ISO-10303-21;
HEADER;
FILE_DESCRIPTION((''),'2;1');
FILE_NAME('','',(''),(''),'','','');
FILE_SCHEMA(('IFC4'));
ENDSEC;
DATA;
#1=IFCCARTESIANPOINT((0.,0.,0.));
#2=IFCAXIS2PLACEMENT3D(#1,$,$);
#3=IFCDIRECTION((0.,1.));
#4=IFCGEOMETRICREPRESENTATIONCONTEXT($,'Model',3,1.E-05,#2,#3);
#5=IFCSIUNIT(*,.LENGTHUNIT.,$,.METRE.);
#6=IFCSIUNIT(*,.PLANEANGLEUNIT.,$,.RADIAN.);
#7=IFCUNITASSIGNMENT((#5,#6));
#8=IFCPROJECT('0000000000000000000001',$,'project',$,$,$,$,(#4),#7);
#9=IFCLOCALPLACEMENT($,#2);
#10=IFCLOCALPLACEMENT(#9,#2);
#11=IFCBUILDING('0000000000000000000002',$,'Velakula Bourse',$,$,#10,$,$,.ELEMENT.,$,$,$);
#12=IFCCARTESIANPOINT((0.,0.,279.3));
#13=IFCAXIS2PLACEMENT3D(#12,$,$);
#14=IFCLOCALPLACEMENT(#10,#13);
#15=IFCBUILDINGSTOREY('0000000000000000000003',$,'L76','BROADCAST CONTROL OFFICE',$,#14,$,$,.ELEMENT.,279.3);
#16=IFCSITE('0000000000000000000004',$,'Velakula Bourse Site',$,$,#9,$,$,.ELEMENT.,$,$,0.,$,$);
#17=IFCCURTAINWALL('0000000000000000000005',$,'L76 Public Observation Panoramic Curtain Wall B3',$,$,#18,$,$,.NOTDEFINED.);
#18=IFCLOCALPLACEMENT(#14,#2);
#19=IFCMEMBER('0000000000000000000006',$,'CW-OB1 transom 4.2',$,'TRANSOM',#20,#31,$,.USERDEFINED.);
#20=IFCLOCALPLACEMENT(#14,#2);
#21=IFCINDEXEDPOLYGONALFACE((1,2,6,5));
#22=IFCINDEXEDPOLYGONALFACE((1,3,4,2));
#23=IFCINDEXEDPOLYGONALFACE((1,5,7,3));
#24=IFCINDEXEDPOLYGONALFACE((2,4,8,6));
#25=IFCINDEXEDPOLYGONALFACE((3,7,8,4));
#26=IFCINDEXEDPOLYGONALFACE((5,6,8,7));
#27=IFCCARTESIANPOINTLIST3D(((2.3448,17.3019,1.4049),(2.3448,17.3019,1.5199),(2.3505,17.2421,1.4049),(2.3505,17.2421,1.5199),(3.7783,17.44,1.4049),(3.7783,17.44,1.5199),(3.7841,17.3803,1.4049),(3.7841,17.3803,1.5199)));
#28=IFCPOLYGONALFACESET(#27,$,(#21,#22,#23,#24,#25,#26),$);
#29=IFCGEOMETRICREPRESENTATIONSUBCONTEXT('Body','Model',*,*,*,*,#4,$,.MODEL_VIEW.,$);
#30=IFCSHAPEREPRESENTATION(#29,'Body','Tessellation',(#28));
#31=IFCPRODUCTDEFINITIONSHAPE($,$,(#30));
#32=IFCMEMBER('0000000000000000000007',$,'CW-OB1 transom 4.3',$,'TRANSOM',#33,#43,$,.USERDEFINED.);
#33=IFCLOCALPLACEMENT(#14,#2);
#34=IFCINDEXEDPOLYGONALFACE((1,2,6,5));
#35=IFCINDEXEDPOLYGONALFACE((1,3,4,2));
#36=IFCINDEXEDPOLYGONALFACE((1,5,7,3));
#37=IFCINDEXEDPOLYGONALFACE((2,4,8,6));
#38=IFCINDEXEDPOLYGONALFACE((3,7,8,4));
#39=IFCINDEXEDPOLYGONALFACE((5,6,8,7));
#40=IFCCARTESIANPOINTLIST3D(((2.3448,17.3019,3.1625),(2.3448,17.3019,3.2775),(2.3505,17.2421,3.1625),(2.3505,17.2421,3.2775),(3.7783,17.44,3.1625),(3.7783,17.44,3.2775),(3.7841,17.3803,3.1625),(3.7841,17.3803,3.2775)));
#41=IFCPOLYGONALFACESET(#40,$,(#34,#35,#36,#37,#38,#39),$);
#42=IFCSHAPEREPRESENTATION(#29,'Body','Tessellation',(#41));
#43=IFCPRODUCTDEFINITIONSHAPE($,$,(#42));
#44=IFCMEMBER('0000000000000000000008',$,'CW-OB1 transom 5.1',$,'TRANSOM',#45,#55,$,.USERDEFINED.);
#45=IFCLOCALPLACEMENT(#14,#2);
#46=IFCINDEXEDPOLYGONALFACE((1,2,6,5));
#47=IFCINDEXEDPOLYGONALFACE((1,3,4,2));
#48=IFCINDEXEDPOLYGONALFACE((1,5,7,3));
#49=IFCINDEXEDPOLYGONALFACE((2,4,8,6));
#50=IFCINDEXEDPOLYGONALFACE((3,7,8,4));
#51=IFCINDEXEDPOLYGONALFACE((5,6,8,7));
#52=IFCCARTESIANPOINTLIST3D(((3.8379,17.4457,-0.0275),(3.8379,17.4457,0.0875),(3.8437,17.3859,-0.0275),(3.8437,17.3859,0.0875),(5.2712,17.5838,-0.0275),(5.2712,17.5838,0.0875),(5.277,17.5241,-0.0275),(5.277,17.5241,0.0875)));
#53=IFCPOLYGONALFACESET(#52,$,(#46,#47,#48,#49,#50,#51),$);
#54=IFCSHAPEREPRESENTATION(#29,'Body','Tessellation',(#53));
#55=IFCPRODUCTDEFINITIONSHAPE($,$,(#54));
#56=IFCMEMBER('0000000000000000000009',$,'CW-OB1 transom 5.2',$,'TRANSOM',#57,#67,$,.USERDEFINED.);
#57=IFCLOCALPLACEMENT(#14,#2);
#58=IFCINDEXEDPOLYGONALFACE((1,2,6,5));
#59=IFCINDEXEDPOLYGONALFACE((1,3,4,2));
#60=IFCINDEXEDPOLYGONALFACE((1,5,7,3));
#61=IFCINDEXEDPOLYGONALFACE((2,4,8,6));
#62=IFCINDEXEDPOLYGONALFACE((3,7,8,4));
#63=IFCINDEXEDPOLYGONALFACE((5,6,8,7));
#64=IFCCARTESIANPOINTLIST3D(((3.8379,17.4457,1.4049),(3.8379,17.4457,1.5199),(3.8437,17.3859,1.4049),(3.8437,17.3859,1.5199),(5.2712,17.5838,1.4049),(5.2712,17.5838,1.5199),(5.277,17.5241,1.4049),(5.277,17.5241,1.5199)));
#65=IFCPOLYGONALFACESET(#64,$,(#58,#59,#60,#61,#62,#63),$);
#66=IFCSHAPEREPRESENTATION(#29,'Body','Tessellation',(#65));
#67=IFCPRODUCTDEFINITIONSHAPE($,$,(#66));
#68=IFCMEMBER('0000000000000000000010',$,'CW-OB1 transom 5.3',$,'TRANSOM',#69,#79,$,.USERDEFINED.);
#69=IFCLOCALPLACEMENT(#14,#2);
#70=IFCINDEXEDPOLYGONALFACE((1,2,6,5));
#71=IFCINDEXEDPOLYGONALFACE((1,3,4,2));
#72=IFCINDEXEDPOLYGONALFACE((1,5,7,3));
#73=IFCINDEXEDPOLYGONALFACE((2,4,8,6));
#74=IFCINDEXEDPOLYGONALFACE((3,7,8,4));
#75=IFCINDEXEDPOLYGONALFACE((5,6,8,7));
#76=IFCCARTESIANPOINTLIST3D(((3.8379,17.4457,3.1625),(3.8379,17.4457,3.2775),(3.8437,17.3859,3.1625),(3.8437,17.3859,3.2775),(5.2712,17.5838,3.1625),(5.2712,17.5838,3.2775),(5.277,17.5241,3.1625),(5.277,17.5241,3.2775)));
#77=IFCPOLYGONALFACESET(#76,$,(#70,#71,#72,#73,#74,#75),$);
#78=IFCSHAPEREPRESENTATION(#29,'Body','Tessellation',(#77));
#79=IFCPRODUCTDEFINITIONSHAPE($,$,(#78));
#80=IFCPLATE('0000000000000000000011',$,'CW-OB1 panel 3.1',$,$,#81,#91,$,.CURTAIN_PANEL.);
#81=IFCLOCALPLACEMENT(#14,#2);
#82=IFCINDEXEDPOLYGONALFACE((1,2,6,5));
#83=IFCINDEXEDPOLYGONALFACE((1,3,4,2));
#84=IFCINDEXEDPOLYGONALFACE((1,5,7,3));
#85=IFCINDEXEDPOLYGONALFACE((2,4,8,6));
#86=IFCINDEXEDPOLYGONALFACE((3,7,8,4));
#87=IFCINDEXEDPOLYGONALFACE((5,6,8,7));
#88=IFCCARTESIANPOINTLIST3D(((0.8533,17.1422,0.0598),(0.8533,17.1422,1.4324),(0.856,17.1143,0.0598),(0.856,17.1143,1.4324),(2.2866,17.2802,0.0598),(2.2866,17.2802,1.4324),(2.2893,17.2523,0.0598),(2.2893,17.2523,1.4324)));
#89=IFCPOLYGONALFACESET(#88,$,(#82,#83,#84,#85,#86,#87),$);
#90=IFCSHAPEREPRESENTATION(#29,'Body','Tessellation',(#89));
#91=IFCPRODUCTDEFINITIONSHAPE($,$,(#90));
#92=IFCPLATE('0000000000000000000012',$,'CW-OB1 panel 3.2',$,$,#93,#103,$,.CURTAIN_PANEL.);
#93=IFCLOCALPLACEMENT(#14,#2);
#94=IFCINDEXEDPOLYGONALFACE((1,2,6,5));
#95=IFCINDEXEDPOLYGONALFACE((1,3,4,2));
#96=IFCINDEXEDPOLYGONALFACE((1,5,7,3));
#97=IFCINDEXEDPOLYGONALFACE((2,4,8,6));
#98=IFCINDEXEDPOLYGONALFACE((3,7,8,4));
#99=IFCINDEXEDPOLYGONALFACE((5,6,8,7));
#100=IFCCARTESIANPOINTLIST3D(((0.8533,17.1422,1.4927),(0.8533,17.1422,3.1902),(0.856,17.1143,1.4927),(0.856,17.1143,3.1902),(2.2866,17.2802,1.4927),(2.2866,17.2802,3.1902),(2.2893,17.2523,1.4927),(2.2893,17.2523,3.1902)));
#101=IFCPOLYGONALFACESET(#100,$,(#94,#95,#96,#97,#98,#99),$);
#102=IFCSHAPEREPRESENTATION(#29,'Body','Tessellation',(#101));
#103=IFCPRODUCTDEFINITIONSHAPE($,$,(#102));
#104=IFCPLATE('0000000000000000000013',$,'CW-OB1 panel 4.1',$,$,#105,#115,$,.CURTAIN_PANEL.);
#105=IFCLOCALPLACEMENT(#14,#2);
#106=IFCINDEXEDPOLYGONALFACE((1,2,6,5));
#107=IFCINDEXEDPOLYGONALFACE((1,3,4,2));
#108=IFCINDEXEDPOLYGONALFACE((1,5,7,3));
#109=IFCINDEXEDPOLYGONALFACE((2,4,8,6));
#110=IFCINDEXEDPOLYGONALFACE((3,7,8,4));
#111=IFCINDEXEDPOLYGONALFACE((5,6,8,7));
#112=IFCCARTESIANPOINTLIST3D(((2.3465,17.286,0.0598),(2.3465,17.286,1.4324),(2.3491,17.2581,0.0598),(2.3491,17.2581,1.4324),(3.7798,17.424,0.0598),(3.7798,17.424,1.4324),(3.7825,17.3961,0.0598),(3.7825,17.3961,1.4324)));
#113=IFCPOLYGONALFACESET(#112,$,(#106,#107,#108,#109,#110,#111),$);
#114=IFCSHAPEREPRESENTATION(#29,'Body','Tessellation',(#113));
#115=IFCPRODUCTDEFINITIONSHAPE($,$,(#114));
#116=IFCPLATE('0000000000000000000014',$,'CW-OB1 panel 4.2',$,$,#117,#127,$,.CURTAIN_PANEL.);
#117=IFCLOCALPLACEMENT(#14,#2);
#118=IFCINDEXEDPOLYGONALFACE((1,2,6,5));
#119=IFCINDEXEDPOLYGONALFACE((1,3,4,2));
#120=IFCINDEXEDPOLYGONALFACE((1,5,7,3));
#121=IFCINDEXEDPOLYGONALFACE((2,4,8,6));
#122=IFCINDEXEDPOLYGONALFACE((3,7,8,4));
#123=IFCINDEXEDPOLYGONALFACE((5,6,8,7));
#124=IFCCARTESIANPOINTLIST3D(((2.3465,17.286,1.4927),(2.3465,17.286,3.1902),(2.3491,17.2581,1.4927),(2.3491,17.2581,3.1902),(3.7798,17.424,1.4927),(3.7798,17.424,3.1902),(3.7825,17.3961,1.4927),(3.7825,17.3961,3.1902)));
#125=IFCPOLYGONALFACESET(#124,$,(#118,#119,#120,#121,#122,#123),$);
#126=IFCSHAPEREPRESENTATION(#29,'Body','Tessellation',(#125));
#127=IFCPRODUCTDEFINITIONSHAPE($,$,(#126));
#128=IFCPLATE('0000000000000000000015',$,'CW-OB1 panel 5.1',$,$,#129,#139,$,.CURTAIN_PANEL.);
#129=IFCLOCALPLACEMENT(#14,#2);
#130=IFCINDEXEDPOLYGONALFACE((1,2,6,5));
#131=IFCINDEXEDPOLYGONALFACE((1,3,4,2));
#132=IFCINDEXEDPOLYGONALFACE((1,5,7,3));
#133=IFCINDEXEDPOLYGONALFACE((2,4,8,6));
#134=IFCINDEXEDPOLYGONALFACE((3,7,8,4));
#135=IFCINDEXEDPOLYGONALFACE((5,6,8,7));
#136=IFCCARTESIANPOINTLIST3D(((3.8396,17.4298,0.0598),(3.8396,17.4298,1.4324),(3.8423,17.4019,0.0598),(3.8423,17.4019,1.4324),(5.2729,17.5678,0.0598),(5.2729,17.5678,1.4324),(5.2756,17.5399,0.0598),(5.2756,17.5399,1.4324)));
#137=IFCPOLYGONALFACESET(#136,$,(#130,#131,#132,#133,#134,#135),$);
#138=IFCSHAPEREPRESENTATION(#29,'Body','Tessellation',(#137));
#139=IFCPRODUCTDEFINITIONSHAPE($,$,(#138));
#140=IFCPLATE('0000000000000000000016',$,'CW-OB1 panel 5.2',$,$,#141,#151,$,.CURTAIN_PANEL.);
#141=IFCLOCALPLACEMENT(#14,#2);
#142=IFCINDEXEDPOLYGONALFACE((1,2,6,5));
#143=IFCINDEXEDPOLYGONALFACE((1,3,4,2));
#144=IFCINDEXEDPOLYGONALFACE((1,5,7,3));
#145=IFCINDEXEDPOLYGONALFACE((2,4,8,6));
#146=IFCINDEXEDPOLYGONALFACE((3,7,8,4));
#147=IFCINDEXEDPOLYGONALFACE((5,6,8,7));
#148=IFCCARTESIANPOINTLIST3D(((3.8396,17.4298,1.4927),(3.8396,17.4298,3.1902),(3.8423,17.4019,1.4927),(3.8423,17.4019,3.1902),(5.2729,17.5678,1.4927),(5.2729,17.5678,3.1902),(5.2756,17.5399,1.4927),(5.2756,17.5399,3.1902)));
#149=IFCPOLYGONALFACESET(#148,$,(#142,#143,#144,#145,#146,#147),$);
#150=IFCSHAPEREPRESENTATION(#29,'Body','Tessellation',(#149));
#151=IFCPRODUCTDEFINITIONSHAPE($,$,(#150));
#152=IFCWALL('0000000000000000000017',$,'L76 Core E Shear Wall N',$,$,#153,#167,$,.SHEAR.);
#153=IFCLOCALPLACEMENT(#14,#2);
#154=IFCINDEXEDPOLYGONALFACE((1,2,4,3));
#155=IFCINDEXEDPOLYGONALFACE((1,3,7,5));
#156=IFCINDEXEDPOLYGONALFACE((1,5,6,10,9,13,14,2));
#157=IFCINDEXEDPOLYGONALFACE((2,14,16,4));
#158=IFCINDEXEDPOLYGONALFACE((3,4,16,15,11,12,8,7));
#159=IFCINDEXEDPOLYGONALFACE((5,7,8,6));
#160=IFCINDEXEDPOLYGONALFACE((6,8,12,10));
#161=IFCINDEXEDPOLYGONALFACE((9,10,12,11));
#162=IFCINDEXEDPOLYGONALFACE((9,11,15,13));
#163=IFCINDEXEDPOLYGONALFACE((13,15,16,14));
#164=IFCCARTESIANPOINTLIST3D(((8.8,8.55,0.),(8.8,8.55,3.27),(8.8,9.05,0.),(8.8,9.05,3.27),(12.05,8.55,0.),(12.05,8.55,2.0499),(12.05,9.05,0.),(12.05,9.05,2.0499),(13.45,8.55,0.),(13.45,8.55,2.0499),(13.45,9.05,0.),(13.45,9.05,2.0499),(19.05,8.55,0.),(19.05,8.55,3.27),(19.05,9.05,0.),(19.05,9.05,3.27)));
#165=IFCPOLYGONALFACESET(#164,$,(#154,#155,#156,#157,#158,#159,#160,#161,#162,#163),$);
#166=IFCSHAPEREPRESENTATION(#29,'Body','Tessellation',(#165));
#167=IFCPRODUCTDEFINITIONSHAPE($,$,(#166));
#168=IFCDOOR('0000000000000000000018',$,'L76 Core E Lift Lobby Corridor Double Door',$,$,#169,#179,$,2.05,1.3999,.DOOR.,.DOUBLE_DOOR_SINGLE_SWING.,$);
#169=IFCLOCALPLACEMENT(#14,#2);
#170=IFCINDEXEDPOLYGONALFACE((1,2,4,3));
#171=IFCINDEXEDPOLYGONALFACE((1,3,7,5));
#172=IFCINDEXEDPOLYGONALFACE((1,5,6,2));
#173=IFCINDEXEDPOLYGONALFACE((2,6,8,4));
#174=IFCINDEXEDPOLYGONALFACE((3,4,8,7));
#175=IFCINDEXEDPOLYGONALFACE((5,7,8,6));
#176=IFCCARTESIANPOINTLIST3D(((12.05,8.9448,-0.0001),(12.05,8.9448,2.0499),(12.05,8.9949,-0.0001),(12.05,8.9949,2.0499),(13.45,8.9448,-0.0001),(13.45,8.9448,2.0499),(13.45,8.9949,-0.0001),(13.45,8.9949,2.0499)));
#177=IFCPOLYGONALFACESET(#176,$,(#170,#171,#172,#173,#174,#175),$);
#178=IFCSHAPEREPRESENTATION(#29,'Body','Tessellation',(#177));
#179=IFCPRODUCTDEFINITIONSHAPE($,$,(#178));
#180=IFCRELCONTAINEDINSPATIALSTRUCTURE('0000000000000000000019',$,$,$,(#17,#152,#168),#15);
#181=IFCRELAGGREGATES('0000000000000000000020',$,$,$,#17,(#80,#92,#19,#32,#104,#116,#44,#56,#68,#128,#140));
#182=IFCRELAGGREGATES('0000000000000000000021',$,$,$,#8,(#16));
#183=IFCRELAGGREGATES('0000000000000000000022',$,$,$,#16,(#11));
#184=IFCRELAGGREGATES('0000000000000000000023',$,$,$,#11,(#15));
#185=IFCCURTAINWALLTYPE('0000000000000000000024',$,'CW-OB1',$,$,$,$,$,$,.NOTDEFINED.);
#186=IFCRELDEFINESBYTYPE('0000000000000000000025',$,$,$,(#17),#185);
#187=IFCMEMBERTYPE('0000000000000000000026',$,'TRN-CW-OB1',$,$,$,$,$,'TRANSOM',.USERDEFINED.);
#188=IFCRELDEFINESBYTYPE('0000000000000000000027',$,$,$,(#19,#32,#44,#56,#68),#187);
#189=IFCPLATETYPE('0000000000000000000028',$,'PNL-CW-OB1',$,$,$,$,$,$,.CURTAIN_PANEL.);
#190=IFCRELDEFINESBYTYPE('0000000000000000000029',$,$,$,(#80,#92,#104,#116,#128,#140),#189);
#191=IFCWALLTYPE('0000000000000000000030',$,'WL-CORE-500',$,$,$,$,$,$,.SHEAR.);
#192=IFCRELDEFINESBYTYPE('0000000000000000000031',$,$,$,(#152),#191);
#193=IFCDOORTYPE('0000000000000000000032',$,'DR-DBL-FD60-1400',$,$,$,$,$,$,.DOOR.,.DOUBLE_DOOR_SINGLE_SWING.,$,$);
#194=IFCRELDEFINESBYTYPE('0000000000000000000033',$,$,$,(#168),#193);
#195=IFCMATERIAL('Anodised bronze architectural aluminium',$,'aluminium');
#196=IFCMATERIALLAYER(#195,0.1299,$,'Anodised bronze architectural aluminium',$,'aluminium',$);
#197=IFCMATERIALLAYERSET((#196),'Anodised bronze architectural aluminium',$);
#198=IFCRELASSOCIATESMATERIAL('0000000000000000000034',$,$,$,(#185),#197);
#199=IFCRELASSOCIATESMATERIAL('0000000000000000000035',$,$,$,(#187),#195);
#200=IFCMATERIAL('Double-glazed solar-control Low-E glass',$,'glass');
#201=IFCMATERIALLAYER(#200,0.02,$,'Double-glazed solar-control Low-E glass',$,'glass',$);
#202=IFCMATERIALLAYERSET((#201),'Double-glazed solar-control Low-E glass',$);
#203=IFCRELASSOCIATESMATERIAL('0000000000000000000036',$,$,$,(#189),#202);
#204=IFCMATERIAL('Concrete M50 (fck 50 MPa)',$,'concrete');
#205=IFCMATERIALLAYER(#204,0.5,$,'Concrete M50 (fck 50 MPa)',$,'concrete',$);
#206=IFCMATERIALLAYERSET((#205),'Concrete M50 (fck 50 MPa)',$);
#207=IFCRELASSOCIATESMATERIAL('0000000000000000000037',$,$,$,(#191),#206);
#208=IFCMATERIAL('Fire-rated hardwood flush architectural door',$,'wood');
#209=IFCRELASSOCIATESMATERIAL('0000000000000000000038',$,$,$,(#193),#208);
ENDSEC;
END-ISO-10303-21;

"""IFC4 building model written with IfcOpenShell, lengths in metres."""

from ifc_helpers import new_model, si_unit, direction, frame, frame_2d, origin, origin_2d, place, context, subcontext, project, spatial, rectangle, extrude, material, layer, layer_set, material_profile, profile_set, type_object, element, fill, aggregate, save


model = new_model("IFC4")

# Units and contexts
model_context = context("Model", 3, precision=1e-05, world=origin(), true_north=direction((0.0, 1.0)))
body_context = subcontext(model_context, "Body", "Model", "MODEL_VIEW")
ifc_project = project(units=[si_unit("LENGTHUNIT", "METRE"), si_unit("PLANEANGLEUNIT", "RADIAN")], contexts=[model_context])

# Site, building, storey
site_placement = place(None, origin())
site = spatial("IfcSite", under=ifc_project, at=site_placement, Name="Velakula Bourse Site", CompositionType="ELEMENT", RefElevation=0.0)
building_placement = place(site_placement, origin())
building = spatial("IfcBuilding", under=site, at=building_placement, Name="Velakula Bourse", CompositionType="ELEMENT")
storey_placement = place(building_placement, frame((0.0, 0.0, 279.3)))
storey = spatial("IfcBuildingStorey", under=building, at=storey_placement, Name="L76", Description="BROADCAST CONTROL OFFICE", CompositionType="ELEMENT", Elevation=279.3)

# Curtain wall
ifc_material_1 = material(Name="Anodised bronze architectural aluminium", Category="aluminium")
ifc_layer_1 = layer(ifc_material_1, 0.1299, Name="Anodised bronze architectural aluminium", Category="aluminium")
ifc_layer_set_1 = layer_set([ifc_layer_1], Name="Anodised bronze architectural aluminium")
curtain_wall_type = type_object("IfcCurtainWallType", Name="CW-OB1", PredefinedType="NOTDEFINED", material=ifc_layer_set_1)
curtain_wall_placement = place(storey_placement, origin())
curtain_wall = element("IfcCurtainWall", 1, at=curtain_wall_placement, inside=storey, type_object=curtain_wall_type, Name="L76 Public Observation Panoramic Curtain Wall B3", PredefinedType="NOTDEFINED")

# Members
ifc_material_profile_1 = material_profile(ifc_material_1, rectangle(XDim=0.0601, YDim=0.115, at=origin_2d()), Name="Anodised bronze architectural aluminium")
ifc_profile_set_1 = profile_set([ifc_material_profile_1], Name="Anodised bronze architectural aluminium")
member_type_1 = type_object("IfcMemberType", Name="TRN-CW-OB1", ElementType="TRANSOM", PredefinedType="USERDEFINED", material=ifc_profile_set_1)
member_1_placement = place(storey_placement, frame((2.3477, 17.272, 1.4624), z_axis=(0.995387, 0.095945, 0.0), x_axis=(-0.095945, 0.995387, 0.0)))
member_1 = element("IfcMember", 2, at=member_1_placement, type_object=member_type_1, Name="CW-OB1 transom 4.2", ObjectType="TRANSOM", PredefinedType="USERDEFINED", context=body_context, shape_type="SweptSolid", body=[
    extrude(rectangle(XDim=0.0601, YDim=0.115, at=origin_2d()), origin(), (0.0, 0.0, 1.0), 1.4402),
])
member_2_placement = place(storey_placement, frame((2.3477, 17.272, 3.22), z_axis=(0.995387, 0.095945, 0.0), x_axis=(-0.095945, 0.995387, 0.0)))
member_2 = element("IfcMember", 3, at=member_2_placement, type_object=member_type_1, Name="CW-OB1 transom 4.3", ObjectType="TRANSOM", PredefinedType="USERDEFINED", context=body_context, shape_type="SweptSolid", body=[
    extrude(rectangle(XDim=0.0601, YDim=0.115, at=origin_2d()), origin(), (0.0, 0.0, 1.0), 1.4402),
])
member_3_placement = place(storey_placement, frame((3.8408, 17.4158, 0.03), z_axis=(0.995385, 0.095961, 0.0), x_axis=(-0.095961, 0.995385, 0.0)))
member_3 = element("IfcMember", 4, at=member_3_placement, type_object=member_type_1, Name="CW-OB1 transom 5.1", ObjectType="TRANSOM", PredefinedType="USERDEFINED", context=body_context, shape_type="SweptSolid", body=[
    extrude(rectangle(XDim=0.0601, YDim=0.115, at=origin_2d()), origin(), (0.0, 0.0, 1.0), 1.4399),
])
member_4_placement = place(storey_placement, frame((3.8408, 17.4158, 1.4624), z_axis=(0.995385, 0.095961, 0.0), x_axis=(-0.095961, 0.995385, 0.0)))
member_4 = element("IfcMember", 5, at=member_4_placement, type_object=member_type_1, Name="CW-OB1 transom 5.2", ObjectType="TRANSOM", PredefinedType="USERDEFINED", context=body_context, shape_type="SweptSolid", body=[
    extrude(rectangle(XDim=0.0601, YDim=0.115, at=origin_2d()), origin(), (0.0, 0.0, 1.0), 1.4399),
])
member_5_placement = place(storey_placement, frame((3.8408, 17.4158, 3.22), z_axis=(0.995385, 0.095961, 0.0), x_axis=(-0.095961, 0.995385, 0.0)))
member_5 = element("IfcMember", 6, at=member_5_placement, type_object=member_type_1, Name="CW-OB1 transom 5.3", ObjectType="TRANSOM", PredefinedType="USERDEFINED", context=body_context, shape_type="SweptSolid", body=[
    extrude(rectangle(XDim=0.0601, YDim=0.115, at=origin_2d()), origin(), (0.0, 0.0, 1.0), 1.4399),
])

# Plates
ifc_material_2 = material(Name="Double-glazed solar-control Low-E glass", Category="glass")
ifc_layer_2 = layer(ifc_material_2, 0.02, Name="Double-glazed solar-control Low-E glass", Category="glass")
ifc_layer_set_2 = layer_set([ifc_layer_2], Name="Double-glazed solar-control Low-E glass")
plate_type = type_object("IfcPlateType", Name="PNL-CW-OB1", PredefinedType="CURTAIN_PANEL", material=ifc_layer_set_2)
plate_1_placement = place(storey_placement, frame((1.5713, 17.1973, 0.0598), z_axis=(0.0, 0.0, 1.0), x_axis=(0.995396, 0.095844, 0.0)))
plate_1 = element("IfcPlate", 7, at=plate_1_placement, type_object=plate_type, Name="CW-OB1 panel 3.1", PredefinedType="CURTAIN_PANEL", context=body_context, shape_type="SweptSolid", body=[
    extrude(rectangle(XDim=1.4399, YDim=0.0281, at=origin_2d()), origin(), (0.0, 0.0, 1.0), 1.3726),
])
plate_2_placement = place(storey_placement, frame((1.5713, 17.1973, 1.4927), z_axis=(0.0, 0.0, 1.0), x_axis=(0.995396, 0.095844, 0.0)))
plate_2 = element("IfcPlate", 8, at=plate_2_placement, type_object=plate_type, Name="CW-OB1 panel 3.2", PredefinedType="CURTAIN_PANEL", context=body_context, shape_type="SweptSolid", body=[
    extrude(rectangle(XDim=1.4399, YDim=0.0281, at=origin_2d()), origin(), (0.0, 0.0, 1.0), 1.6975),
])
plate_3_placement = place(storey_placement, frame((3.0645, 17.3411, 0.0598), z_axis=(0.0, 0.0, 1.0), x_axis=(0.995396, 0.095844, 0.0)))
plate_3 = element("IfcPlate", 9, at=plate_3_placement, type_object=plate_type, Name="CW-OB1 panel 4.1", PredefinedType="CURTAIN_PANEL", context=body_context, shape_type="SweptSolid", body=[
    extrude(rectangle(XDim=1.4399, YDim=0.0281, at=origin_2d()), origin(), (0.0, 0.0, 1.0), 1.3726),
])
plate_4_placement = place(storey_placement, frame((3.0645, 17.3411, 1.4927), z_axis=(0.0, 0.0, 1.0), x_axis=(0.995396, 0.095844, 0.0)))
plate_4 = element("IfcPlate", 10, at=plate_4_placement, type_object=plate_type, Name="CW-OB1 panel 4.2", PredefinedType="CURTAIN_PANEL", context=body_context, shape_type="SweptSolid", body=[
    extrude(rectangle(XDim=1.4399, YDim=0.0281, at=origin_2d()), origin(), (0.0, 0.0, 1.0), 1.6975),
])
plate_5_placement = place(storey_placement, frame((4.5576, 17.4849, 0.0598), z_axis=(0.0, 0.0, 1.0), x_axis=(0.995396, 0.095844, 0.0)))
plate_5 = element("IfcPlate", 11, at=plate_5_placement, type_object=plate_type, Name="CW-OB1 panel 5.1", PredefinedType="CURTAIN_PANEL", context=body_context, shape_type="SweptSolid", body=[
    extrude(rectangle(XDim=1.4399, YDim=0.0281, at=origin_2d()), origin(), (0.0, 0.0, 1.0), 1.3726),
])
plate_6_placement = place(storey_placement, frame((4.5576, 17.4849, 1.4927), z_axis=(0.0, 0.0, 1.0), x_axis=(0.995396, 0.095844, 0.0)))
plate_6 = element("IfcPlate", 12, at=plate_6_placement, type_object=plate_type, Name="CW-OB1 panel 5.2", PredefinedType="CURTAIN_PANEL", context=body_context, shape_type="SweptSolid", body=[
    extrude(rectangle(XDim=1.4399, YDim=0.0281, at=origin_2d()), origin(), (0.0, 0.0, 1.0), 1.6975),
])
aggregate(curtain_wall, [plate_1, plate_2, member_1, member_2, plate_3, plate_4, member_3, member_4, member_5, plate_5, plate_6])

# Wall, opening, door
ifc_material_3 = material(Name="Concrete M50 (fck 50 MPa)", Category="concrete")
ifc_layer_3 = layer(ifc_material_3, 0.5, Name="Concrete M50 (fck 50 MPa)", Category="concrete")
ifc_layer_set_3 = layer_set([ifc_layer_3], Name="Concrete M50 (fck 50 MPa)")
wall_type_1 = type_object("IfcWallType", Name="WL-CORE-500", PredefinedType="SHEAR", material=ifc_layer_set_3)
wall_1_placement = place(storey_placement, frame((8.8, 8.8, 0.0), z_axis=(0.0, 0.0, 1.0), x_axis=(1.0, 0.0, 0.0)))
wall_1 = element("IfcWall", 13, at=wall_1_placement, inside=storey, type_object=wall_type_1, Name="L76 Core E Shear Wall N", PredefinedType="SHEAR", context=body_context, shape_type="SweptSolid", body=[
    extrude(rectangle(XDim=10.25, YDim=0.5, at=frame_2d((5.125, 0.0))), origin(), (0.0, 0.0, 1.0), 3.27),
])
opening_placement = place(wall_1_placement, frame((3.25, 0.0, 0.0)))
opening = element("IfcOpeningElement", 14, at=opening_placement, cuts=wall_1, PredefinedType="OPENING", context=body_context, shape_type="SweptSolid", body=[
    extrude(rectangle(XDim=1.3999, YDim=2.05, at=frame_2d((0.7, 1.0249))), frame((0.0, 0.26, 0.0), z_axis=(0.0, -1.0, 0.0), x_axis=(1.0, 0.0, 0.0)), (0.0, 0.0, 1.0), 0.52),
])
ifc_material_4 = material(Name="Fire-rated hardwood flush architectural door", Category="wood")
door_type = type_object("IfcDoorType", Name="DR-DBL-FD60-1400", OperationType="DOUBLE_DOOR_SINGLE_SWING", PredefinedType="DOOR", material=ifc_material_4)
door_placement = place(opening_placement, origin())
door = element("IfcDoor", 15, at=door_placement, inside=storey, type_object=door_type, Name="L76 Core E Lift Lobby Corridor Double Door", OperationType="DOUBLE_DOOR_SINGLE_SWING", OverallHeight=2.05, OverallWidth=1.3999, PredefinedType="DOOR", context=body_context, shape_type="SweptSolid", body=[
    extrude(rectangle(XDim=1.3999, YDim=2.05, at=frame_2d((0.7, 1.0249))), frame((0.0, 0.1948, 0.0), z_axis=(0.0, -1.0, 0.0), x_axis=(1.0, 0.0, 0.0)), (0.0, 0.0, 1.0), 0.05),
])
fill(opening, door)

save(model, "model.ifc")
